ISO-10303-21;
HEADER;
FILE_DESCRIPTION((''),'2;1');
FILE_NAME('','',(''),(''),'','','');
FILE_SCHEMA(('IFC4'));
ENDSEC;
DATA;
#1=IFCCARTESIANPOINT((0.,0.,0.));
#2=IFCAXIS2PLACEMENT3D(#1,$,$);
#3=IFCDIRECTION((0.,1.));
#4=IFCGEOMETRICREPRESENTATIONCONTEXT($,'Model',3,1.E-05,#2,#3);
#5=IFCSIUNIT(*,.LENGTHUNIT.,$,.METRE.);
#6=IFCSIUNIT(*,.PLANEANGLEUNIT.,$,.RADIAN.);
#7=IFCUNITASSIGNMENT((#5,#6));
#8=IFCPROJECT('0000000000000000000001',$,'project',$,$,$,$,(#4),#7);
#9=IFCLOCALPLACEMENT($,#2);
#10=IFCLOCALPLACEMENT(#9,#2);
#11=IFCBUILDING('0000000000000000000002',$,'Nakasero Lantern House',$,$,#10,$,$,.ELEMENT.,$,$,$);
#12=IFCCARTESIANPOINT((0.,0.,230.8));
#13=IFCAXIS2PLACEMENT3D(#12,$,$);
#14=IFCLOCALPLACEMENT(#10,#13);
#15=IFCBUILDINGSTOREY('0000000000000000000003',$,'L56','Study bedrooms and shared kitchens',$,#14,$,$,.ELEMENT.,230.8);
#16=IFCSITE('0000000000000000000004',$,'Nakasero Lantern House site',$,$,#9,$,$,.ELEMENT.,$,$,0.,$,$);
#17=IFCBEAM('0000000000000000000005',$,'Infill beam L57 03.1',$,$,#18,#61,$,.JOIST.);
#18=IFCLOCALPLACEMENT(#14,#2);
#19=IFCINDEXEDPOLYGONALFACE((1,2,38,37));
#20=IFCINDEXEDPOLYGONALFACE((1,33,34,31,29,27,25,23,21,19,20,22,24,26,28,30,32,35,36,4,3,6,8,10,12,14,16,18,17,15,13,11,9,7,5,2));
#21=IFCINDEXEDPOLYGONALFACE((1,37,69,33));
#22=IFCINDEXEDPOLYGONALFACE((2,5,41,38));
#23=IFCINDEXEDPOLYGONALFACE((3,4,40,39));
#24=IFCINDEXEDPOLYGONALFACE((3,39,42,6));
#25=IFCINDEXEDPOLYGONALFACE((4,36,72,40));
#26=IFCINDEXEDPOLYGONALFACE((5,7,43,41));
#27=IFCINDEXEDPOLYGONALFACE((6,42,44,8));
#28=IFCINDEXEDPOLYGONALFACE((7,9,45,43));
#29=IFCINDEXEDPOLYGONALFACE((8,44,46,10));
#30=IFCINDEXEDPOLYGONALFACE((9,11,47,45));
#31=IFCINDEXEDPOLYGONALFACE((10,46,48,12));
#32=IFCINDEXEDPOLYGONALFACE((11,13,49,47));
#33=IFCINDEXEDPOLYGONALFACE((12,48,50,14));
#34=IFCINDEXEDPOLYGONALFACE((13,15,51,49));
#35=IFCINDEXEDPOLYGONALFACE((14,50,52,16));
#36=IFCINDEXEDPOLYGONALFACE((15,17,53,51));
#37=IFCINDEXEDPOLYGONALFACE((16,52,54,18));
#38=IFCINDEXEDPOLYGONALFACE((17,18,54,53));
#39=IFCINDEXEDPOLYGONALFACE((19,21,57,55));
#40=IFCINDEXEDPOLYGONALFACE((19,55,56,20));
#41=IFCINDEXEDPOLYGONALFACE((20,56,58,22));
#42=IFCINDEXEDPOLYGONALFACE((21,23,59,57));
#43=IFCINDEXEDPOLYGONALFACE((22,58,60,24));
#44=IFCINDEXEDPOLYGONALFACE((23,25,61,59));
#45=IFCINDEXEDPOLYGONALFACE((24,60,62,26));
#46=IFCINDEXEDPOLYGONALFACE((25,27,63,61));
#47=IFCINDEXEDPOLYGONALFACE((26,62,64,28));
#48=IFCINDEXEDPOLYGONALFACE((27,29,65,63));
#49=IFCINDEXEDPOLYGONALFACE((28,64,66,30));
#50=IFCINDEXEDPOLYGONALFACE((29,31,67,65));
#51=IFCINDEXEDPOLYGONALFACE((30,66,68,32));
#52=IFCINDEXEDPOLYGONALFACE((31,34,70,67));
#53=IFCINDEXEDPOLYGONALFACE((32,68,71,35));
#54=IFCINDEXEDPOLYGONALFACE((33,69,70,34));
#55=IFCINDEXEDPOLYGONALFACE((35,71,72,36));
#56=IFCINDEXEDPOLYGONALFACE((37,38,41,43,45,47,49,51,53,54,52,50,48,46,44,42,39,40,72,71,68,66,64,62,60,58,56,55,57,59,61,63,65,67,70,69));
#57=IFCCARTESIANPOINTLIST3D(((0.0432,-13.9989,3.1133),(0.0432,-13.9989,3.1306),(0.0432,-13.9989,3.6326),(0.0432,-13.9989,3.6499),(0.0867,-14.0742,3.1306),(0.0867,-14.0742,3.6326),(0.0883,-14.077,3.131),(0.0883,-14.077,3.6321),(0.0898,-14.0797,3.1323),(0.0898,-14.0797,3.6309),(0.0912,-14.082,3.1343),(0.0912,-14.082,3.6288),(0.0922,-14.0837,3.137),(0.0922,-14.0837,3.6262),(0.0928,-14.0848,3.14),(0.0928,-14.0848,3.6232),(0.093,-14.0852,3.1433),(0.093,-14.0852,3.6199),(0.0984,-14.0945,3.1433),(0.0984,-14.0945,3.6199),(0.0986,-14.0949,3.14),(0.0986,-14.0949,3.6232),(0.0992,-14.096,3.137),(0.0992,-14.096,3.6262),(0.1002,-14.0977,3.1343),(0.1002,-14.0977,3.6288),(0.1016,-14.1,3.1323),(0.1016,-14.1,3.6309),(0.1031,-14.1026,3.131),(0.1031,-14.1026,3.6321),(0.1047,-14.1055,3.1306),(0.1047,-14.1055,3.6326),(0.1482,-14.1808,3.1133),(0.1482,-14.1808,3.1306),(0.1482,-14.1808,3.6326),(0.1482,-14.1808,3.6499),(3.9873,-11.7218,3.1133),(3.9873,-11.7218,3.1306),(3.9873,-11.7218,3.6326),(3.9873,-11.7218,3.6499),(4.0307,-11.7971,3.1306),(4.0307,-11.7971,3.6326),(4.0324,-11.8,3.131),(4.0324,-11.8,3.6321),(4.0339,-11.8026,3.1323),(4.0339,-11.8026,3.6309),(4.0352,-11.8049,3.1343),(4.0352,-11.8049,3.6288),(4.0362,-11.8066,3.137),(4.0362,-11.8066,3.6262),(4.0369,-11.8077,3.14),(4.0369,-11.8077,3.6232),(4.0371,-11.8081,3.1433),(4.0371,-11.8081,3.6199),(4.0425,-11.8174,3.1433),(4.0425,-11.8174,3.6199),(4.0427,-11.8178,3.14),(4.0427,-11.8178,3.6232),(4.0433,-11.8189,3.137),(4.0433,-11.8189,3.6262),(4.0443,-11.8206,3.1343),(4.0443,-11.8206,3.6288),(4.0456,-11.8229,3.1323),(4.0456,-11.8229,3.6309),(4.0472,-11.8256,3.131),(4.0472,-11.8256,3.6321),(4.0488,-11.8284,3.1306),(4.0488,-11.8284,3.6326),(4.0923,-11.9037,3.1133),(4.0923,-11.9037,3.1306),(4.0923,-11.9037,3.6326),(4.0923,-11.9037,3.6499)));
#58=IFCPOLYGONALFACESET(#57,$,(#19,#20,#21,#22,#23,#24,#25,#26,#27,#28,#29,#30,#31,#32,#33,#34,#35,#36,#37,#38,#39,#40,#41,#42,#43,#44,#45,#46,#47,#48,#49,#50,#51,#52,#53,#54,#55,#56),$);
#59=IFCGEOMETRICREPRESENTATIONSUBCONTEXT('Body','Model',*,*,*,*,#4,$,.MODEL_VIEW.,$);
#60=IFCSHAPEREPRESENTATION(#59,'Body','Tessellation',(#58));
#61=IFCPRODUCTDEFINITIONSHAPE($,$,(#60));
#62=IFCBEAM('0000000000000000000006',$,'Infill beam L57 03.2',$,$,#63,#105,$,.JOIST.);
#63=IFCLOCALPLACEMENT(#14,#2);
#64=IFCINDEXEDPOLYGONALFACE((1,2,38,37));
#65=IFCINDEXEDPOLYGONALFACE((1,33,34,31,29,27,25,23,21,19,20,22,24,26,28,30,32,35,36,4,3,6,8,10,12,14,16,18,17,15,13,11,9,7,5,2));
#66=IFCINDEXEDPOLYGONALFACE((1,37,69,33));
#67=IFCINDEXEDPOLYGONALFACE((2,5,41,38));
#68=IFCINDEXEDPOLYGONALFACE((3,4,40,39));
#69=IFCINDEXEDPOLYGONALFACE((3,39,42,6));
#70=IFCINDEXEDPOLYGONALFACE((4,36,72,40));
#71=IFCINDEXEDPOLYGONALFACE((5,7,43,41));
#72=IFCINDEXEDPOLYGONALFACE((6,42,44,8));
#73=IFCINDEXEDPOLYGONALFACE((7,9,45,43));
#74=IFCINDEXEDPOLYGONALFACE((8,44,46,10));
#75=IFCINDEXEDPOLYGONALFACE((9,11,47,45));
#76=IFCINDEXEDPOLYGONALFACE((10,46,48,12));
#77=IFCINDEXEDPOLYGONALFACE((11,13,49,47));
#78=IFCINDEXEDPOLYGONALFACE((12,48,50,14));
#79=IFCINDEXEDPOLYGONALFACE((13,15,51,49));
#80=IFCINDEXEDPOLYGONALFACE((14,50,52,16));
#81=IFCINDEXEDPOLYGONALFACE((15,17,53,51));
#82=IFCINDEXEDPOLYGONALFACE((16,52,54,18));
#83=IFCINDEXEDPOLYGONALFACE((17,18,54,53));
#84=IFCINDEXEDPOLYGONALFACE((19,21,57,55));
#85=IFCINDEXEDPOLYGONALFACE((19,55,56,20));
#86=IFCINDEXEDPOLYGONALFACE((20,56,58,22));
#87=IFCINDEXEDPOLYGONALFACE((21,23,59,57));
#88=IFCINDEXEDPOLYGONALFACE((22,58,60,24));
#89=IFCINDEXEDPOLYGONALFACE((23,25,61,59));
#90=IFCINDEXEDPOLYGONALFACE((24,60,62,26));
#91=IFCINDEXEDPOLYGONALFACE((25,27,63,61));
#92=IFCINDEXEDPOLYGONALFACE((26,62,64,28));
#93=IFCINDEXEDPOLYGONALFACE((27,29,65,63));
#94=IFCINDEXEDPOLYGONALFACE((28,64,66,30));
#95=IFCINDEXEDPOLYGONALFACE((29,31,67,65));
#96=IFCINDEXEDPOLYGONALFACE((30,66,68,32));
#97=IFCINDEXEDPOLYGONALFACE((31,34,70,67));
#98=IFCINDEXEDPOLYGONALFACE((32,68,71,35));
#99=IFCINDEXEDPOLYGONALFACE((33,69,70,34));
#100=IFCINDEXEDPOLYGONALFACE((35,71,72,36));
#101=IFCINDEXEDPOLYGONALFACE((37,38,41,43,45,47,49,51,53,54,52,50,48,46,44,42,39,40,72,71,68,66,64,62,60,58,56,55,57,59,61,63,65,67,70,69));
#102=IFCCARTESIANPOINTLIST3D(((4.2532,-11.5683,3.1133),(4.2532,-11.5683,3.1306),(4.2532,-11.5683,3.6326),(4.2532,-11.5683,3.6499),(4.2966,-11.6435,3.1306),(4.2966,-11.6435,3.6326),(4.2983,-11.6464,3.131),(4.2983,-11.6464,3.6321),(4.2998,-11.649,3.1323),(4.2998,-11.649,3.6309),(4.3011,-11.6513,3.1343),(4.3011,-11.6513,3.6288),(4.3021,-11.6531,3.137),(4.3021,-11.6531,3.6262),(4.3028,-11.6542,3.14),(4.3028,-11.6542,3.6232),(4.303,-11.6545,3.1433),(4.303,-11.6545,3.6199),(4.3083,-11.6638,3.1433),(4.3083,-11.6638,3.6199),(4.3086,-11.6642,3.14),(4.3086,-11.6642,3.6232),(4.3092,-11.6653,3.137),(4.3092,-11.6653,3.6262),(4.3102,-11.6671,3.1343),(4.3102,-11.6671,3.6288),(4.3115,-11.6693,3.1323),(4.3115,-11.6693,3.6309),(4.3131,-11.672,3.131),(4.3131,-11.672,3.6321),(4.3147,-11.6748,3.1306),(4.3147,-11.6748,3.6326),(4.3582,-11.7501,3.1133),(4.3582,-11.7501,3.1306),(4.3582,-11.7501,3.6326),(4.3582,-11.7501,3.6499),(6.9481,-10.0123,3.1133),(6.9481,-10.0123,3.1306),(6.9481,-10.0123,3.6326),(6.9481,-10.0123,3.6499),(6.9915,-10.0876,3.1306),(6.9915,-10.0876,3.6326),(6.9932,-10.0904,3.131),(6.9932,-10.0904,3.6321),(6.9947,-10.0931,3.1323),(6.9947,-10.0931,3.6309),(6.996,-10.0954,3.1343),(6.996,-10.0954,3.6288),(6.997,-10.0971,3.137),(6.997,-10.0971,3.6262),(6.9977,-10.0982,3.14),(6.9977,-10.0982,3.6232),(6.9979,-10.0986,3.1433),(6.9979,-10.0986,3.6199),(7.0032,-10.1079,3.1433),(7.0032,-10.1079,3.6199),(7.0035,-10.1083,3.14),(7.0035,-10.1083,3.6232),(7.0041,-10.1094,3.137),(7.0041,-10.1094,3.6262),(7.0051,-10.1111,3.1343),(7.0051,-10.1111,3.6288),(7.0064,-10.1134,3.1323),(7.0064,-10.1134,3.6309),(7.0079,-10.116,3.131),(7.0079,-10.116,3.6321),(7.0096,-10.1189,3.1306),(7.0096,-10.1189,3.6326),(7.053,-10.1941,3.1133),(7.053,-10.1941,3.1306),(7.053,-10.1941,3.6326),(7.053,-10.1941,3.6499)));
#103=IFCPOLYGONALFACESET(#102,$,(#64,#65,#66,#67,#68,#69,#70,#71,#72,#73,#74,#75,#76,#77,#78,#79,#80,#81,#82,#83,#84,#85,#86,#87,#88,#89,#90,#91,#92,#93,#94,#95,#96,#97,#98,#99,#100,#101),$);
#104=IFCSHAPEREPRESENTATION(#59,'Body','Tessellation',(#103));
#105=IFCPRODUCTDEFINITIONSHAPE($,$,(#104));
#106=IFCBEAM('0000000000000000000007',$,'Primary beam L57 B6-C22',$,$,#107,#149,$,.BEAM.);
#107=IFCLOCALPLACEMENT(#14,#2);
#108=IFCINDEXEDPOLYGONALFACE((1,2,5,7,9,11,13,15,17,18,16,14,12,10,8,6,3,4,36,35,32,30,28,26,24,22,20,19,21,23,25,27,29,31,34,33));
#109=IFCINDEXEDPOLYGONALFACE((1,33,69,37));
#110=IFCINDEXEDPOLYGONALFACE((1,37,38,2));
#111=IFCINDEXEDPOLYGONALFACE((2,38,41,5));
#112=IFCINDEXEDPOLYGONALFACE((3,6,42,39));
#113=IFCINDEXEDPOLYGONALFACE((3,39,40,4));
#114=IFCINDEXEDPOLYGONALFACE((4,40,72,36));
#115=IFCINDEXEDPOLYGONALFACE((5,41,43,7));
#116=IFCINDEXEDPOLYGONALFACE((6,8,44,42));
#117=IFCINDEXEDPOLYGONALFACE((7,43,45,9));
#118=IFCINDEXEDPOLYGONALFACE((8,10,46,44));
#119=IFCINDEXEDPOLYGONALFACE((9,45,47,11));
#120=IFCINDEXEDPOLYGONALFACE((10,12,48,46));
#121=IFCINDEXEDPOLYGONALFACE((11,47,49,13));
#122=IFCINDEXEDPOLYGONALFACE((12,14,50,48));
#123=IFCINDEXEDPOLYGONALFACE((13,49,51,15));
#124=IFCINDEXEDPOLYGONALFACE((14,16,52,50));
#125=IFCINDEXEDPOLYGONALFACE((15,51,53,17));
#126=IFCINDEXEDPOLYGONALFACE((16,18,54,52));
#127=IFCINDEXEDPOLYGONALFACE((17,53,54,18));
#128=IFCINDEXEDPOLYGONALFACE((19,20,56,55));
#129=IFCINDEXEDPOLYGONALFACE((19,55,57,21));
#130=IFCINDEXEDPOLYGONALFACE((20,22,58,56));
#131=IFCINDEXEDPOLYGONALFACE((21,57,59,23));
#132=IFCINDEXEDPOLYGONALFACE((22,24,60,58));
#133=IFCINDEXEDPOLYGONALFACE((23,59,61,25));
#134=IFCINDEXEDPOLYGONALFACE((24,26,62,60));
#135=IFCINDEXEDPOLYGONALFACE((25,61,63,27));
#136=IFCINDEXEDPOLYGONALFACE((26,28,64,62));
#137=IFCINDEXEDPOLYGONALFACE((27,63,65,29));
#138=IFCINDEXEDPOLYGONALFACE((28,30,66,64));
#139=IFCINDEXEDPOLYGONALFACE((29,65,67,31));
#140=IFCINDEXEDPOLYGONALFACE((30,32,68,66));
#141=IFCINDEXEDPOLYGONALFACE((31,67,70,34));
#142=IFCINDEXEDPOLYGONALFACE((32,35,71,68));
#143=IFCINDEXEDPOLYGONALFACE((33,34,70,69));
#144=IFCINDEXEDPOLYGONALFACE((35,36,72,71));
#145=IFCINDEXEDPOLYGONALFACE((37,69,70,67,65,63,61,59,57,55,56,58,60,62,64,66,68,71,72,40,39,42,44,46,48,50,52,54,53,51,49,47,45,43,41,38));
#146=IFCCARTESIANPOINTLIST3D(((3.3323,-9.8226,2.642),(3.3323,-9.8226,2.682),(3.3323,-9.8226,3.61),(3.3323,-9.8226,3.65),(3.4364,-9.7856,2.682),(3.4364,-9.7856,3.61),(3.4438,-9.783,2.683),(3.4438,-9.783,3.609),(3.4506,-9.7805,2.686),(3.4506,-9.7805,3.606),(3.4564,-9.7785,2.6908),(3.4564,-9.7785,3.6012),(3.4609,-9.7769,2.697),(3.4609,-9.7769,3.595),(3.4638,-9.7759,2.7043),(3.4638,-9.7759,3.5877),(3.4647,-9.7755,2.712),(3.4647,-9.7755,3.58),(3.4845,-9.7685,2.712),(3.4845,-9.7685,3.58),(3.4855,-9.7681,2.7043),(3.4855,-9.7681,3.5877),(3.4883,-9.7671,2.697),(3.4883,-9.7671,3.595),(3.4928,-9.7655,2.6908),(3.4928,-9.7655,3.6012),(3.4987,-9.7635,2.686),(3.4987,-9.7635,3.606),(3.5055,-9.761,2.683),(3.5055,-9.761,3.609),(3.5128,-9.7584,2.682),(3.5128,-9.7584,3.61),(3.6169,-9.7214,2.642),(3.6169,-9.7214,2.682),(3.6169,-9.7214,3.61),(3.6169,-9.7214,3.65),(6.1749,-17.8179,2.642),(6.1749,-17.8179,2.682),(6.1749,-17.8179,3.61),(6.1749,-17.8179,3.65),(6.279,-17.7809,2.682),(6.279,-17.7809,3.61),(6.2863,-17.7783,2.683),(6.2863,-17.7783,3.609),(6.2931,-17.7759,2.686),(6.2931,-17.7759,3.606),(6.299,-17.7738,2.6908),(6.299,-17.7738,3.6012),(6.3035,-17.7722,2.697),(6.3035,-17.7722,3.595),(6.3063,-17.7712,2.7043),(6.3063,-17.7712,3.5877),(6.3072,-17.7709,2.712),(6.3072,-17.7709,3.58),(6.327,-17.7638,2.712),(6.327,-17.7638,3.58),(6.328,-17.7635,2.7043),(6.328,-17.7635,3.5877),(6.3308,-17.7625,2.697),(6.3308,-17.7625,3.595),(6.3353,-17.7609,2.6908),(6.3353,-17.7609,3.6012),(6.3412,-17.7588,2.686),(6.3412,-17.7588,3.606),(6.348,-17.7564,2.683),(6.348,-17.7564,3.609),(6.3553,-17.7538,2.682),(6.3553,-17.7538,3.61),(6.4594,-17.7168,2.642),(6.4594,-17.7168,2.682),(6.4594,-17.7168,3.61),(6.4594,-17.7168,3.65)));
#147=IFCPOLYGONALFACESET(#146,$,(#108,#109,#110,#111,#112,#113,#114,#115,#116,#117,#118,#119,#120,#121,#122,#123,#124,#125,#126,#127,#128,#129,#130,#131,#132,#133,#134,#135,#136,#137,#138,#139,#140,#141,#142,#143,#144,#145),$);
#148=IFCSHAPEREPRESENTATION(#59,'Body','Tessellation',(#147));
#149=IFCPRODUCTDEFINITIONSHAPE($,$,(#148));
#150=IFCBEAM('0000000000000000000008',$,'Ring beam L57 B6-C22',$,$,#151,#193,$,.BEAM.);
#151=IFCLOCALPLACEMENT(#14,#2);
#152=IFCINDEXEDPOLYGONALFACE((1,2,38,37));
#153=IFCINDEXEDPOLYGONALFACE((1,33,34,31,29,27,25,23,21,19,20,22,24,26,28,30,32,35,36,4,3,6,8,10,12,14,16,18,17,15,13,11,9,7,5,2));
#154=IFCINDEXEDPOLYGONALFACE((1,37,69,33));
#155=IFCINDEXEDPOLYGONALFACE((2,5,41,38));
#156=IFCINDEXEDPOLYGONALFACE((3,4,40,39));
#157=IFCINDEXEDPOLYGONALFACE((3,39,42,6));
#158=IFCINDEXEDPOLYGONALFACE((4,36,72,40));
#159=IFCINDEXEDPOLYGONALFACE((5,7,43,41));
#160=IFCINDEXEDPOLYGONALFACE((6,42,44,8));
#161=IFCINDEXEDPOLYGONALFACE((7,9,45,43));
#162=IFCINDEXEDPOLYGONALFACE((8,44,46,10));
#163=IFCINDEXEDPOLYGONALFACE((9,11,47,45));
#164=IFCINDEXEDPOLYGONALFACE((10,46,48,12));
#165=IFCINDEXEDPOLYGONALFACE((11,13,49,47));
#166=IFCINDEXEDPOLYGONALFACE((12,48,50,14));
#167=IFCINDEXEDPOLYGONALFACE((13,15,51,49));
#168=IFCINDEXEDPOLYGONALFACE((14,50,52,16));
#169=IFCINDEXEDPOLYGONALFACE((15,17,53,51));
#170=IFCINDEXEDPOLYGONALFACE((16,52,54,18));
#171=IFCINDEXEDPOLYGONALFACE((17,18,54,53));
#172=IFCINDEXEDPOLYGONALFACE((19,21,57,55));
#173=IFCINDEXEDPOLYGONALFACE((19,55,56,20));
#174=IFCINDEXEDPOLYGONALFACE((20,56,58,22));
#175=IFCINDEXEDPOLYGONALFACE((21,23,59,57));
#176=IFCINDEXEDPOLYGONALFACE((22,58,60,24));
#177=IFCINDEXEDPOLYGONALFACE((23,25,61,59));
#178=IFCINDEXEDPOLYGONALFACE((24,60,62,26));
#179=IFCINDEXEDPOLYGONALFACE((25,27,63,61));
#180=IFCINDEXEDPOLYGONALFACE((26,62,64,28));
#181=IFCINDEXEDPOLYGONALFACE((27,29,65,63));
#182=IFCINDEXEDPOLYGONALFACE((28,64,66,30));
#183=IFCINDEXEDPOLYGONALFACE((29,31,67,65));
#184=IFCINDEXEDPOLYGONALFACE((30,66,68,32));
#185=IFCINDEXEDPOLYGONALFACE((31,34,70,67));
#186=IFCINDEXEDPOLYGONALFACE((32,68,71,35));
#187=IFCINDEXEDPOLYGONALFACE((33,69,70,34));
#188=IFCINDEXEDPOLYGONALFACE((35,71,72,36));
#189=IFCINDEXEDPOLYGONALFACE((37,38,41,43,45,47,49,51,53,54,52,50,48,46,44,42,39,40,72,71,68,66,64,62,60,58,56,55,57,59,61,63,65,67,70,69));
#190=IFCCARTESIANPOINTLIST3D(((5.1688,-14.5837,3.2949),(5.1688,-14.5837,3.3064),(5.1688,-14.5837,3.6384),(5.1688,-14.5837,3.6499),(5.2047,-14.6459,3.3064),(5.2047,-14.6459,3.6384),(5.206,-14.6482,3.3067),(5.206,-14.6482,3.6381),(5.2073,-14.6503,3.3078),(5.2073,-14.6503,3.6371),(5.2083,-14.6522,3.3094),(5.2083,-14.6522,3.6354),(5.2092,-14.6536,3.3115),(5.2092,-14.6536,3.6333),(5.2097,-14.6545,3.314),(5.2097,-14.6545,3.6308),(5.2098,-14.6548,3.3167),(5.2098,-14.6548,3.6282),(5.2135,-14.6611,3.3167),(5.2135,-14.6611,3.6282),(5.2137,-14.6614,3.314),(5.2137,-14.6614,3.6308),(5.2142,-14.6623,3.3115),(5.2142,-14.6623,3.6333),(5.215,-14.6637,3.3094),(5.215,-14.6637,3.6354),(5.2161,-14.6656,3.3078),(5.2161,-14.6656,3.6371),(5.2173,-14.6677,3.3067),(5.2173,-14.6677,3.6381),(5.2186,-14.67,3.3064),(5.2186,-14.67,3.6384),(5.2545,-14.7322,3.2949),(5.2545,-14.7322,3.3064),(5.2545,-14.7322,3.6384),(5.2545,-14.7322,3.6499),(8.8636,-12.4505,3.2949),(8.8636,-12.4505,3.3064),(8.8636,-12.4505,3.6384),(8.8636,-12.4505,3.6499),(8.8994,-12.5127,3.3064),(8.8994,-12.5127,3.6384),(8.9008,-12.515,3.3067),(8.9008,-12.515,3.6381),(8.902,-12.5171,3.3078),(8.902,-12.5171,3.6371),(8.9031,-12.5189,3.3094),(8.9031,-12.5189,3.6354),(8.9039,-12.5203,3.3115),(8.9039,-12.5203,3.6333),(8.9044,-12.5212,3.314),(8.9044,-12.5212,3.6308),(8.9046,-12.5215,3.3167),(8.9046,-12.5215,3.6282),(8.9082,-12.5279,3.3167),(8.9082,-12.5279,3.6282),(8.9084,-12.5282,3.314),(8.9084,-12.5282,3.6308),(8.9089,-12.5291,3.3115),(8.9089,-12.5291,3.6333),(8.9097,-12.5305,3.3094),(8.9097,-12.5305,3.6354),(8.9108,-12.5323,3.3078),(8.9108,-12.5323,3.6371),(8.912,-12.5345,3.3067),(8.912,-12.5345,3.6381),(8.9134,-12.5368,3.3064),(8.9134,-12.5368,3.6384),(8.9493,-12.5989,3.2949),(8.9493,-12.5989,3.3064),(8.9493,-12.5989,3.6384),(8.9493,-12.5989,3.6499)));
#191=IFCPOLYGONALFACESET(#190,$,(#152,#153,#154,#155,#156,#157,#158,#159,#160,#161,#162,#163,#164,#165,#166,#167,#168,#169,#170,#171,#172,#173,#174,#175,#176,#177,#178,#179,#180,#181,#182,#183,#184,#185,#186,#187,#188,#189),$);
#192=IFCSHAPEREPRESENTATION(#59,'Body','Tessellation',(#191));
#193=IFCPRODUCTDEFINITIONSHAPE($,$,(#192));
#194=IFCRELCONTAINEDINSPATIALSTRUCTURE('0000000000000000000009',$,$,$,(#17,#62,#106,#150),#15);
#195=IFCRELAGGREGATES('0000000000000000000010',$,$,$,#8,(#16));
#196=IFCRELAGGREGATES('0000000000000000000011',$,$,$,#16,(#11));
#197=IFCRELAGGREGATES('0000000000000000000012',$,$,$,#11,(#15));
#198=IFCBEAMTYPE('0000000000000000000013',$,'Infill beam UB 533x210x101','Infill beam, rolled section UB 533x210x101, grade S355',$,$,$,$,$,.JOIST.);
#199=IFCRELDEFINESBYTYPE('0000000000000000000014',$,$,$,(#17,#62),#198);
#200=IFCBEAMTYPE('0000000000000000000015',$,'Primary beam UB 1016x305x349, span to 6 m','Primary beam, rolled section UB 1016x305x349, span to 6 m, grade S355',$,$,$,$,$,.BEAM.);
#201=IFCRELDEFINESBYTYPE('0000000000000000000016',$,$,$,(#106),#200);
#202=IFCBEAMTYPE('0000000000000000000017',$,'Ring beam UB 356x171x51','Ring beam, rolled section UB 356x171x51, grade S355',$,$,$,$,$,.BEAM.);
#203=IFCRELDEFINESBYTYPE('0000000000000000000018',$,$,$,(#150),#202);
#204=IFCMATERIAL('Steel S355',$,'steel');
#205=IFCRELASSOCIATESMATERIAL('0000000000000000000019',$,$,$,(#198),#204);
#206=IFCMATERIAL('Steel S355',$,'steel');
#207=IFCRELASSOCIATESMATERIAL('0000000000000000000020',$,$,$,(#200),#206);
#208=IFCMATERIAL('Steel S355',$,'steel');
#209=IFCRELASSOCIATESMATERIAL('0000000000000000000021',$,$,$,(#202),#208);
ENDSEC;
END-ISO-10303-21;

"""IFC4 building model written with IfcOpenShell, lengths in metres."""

from ifc_helpers import new_model, si_unit, direction, frame, origin, origin_2d, place, context, subcontext, project, spatial, i_section, extrude, material, material_profile, profile_set, type_object, element, save


model = new_model("IFC4")

# Units and contexts
model_context = context("Model", 3, precision=1e-05, world=origin(), true_north=direction((0.0, 1.0)))
body_context = subcontext(model_context, "Body", "Model", "MODEL_VIEW")
ifc_project = project(units=[si_unit("LENGTHUNIT", "METRE"), si_unit("PLANEANGLEUNIT", "RADIAN")], contexts=[model_context])

# Site, building, storey
site_placement = place(None, origin())
site = spatial("IfcSite", under=ifc_project, at=site_placement, Name="Nakasero Lantern House site", CompositionType="ELEMENT", RefElevation=0.0)
building_placement = place(site_placement, origin())
building = spatial("IfcBuilding", under=site, at=building_placement, Name="Nakasero Lantern House", CompositionType="ELEMENT")
storey_placement = place(building_placement, frame((0.0, 0.0, 230.8)))
storey = spatial("IfcBuildingStorey", under=building, at=storey_placement, Name="L56", Description="Study bedrooms and shared kitchens", CompositionType="ELEMENT", Elevation=230.8)

# Beams
ifc_material_1 = material(Name="Steel S355", Category="steel")
ifc_material_profile_1 = material_profile(ifc_material_1, i_section(OverallWidth=0.21, OverallDepth=0.5366, WebThickness=0.0107, FlangeThickness=0.0173, FilletRadius=0.0127, at=origin_2d()), Name="UB 533x210x101")
ifc_profile_set_1 = profile_set([ifc_material_profile_1], Name="Steel S355")
beam_type_1 = type_object("IfcBeamType", Name="Infill beam UB 533x210x101", Description="Infill beam, rolled section UB 533x210x101, grade S355", PredefinedType="JOIST", material=ifc_profile_set_1)
beam_1_placement = place(storey_placement, frame((0.0957, -14.0898, 3.3816), z_axis=(0.866028, 0.499996, 0.0), x_axis=(-0.499996, 0.866028, 0.0)))
element("IfcBeam", 1, at=beam_1_placement, inside=storey, type_object=beam_type_1, Name="Infill beam L57 03.1", PredefinedType="JOIST", context=body_context, shape_type="SweptSolid", body=[
    extrude(i_section(OverallWidth=0.21, OverallDepth=0.5366, WebThickness=0.0107, FlangeThickness=0.0173, FilletRadius=0.0127, at=origin_2d()), origin(), (0.0, 0.0, 1.0), 4.5542),
])
beam_2_placement = place(storey_placement, frame((4.3057, -11.6592, 3.3816), z_axis=(0.866018, 0.500012, 0.0), x_axis=(-0.500012, 0.866018, 0.0)))
element("IfcBeam", 2, at=beam_2_placement, inside=storey, type_object=beam_type_1, Name="Infill beam L57 03.2", PredefinedType="JOIST", context=body_context, shape_type="SweptSolid", body=[
    extrude(i_section(OverallWidth=0.21, OverallDepth=0.5366, WebThickness=0.0107, FlangeThickness=0.0173, FilletRadius=0.0127, at=origin_2d()), origin(), (0.0, 0.0, 1.0), 3.1118),
])
ifc_material_2 = material(Name="Steel S355", Category="steel")
ifc_material_profile_2 = material_profile(ifc_material_2, i_section(OverallWidth=0.302, OverallDepth=1.0081, WebThickness=0.021, FlangeThickness=0.04, FilletRadius=0.03, at=origin_2d()), Name="UB 1016x305x349")
ifc_profile_set_2 = profile_set([ifc_material_profile_2], Name="Steel S355")
beam_type_2 = type_object("IfcBeamType", Name="Primary beam UB 1016x305x349, span to 6 m", Description="Primary beam, rolled section UB 1016x305x349, span to 6 m, grade S355", PredefinedType="BEAM", material=ifc_profile_set_2)
beam_3_placement = place(storey_placement, frame((6.3171, -17.7673, 3.146), z_axis=(-0.334982, 0.942225, 0.0), x_axis=(-0.942225, -0.334982, 0.0)))
element("IfcBeam", 3, at=beam_3_placement, inside=storey, type_object=beam_type_2, Name="Primary beam L57 B6-C22", PredefinedType="BEAM", context=body_context, shape_type="SweptSolid", body=[
    extrude(i_section(OverallWidth=0.302, OverallDepth=1.0081, WebThickness=0.021, FlangeThickness=0.04, FilletRadius=0.03, at=origin_2d()), origin(), (0.0, 0.0, 1.0), 8.4856),
])
ifc_material_3 = material(Name="Steel S355", Category="steel")
ifc_material_profile_3 = material_profile(ifc_material_3, i_section(OverallWidth=0.1714, OverallDepth=0.355, WebThickness=0.0073, FlangeThickness=0.0115, FilletRadius=0.0103, at=origin_2d()), Name="UB 356x171x51")
ifc_profile_set_3 = profile_set([ifc_material_profile_3], Name="Steel S355")
beam_type_3 = type_object("IfcBeamType", Name="Ring beam UB 356x171x51", Description="Ring beam, rolled section UB 356x171x51, grade S355", PredefinedType="BEAM", material=ifc_profile_set_3)
beam_4_placement = place(storey_placement, frame((5.2117, -14.658, 3.4724), z_axis=(0.866016, 0.500016, 0.0), x_axis=(-0.500016, 0.866016, 0.0)))
element("IfcBeam", 4, at=beam_4_placement, inside=storey, type_object=beam_type_3, Name="Ring beam L57 B6-C22", PredefinedType="BEAM", context=body_context, shape_type="SweptSolid", body=[
    extrude(i_section(OverallWidth=0.1714, OverallDepth=0.355, WebThickness=0.0073, FlangeThickness=0.0115, FilletRadius=0.0103, at=origin_2d()), origin(), (0.0, 0.0, 1.0), 4.2664),
])

save(model, "model.ifc")
